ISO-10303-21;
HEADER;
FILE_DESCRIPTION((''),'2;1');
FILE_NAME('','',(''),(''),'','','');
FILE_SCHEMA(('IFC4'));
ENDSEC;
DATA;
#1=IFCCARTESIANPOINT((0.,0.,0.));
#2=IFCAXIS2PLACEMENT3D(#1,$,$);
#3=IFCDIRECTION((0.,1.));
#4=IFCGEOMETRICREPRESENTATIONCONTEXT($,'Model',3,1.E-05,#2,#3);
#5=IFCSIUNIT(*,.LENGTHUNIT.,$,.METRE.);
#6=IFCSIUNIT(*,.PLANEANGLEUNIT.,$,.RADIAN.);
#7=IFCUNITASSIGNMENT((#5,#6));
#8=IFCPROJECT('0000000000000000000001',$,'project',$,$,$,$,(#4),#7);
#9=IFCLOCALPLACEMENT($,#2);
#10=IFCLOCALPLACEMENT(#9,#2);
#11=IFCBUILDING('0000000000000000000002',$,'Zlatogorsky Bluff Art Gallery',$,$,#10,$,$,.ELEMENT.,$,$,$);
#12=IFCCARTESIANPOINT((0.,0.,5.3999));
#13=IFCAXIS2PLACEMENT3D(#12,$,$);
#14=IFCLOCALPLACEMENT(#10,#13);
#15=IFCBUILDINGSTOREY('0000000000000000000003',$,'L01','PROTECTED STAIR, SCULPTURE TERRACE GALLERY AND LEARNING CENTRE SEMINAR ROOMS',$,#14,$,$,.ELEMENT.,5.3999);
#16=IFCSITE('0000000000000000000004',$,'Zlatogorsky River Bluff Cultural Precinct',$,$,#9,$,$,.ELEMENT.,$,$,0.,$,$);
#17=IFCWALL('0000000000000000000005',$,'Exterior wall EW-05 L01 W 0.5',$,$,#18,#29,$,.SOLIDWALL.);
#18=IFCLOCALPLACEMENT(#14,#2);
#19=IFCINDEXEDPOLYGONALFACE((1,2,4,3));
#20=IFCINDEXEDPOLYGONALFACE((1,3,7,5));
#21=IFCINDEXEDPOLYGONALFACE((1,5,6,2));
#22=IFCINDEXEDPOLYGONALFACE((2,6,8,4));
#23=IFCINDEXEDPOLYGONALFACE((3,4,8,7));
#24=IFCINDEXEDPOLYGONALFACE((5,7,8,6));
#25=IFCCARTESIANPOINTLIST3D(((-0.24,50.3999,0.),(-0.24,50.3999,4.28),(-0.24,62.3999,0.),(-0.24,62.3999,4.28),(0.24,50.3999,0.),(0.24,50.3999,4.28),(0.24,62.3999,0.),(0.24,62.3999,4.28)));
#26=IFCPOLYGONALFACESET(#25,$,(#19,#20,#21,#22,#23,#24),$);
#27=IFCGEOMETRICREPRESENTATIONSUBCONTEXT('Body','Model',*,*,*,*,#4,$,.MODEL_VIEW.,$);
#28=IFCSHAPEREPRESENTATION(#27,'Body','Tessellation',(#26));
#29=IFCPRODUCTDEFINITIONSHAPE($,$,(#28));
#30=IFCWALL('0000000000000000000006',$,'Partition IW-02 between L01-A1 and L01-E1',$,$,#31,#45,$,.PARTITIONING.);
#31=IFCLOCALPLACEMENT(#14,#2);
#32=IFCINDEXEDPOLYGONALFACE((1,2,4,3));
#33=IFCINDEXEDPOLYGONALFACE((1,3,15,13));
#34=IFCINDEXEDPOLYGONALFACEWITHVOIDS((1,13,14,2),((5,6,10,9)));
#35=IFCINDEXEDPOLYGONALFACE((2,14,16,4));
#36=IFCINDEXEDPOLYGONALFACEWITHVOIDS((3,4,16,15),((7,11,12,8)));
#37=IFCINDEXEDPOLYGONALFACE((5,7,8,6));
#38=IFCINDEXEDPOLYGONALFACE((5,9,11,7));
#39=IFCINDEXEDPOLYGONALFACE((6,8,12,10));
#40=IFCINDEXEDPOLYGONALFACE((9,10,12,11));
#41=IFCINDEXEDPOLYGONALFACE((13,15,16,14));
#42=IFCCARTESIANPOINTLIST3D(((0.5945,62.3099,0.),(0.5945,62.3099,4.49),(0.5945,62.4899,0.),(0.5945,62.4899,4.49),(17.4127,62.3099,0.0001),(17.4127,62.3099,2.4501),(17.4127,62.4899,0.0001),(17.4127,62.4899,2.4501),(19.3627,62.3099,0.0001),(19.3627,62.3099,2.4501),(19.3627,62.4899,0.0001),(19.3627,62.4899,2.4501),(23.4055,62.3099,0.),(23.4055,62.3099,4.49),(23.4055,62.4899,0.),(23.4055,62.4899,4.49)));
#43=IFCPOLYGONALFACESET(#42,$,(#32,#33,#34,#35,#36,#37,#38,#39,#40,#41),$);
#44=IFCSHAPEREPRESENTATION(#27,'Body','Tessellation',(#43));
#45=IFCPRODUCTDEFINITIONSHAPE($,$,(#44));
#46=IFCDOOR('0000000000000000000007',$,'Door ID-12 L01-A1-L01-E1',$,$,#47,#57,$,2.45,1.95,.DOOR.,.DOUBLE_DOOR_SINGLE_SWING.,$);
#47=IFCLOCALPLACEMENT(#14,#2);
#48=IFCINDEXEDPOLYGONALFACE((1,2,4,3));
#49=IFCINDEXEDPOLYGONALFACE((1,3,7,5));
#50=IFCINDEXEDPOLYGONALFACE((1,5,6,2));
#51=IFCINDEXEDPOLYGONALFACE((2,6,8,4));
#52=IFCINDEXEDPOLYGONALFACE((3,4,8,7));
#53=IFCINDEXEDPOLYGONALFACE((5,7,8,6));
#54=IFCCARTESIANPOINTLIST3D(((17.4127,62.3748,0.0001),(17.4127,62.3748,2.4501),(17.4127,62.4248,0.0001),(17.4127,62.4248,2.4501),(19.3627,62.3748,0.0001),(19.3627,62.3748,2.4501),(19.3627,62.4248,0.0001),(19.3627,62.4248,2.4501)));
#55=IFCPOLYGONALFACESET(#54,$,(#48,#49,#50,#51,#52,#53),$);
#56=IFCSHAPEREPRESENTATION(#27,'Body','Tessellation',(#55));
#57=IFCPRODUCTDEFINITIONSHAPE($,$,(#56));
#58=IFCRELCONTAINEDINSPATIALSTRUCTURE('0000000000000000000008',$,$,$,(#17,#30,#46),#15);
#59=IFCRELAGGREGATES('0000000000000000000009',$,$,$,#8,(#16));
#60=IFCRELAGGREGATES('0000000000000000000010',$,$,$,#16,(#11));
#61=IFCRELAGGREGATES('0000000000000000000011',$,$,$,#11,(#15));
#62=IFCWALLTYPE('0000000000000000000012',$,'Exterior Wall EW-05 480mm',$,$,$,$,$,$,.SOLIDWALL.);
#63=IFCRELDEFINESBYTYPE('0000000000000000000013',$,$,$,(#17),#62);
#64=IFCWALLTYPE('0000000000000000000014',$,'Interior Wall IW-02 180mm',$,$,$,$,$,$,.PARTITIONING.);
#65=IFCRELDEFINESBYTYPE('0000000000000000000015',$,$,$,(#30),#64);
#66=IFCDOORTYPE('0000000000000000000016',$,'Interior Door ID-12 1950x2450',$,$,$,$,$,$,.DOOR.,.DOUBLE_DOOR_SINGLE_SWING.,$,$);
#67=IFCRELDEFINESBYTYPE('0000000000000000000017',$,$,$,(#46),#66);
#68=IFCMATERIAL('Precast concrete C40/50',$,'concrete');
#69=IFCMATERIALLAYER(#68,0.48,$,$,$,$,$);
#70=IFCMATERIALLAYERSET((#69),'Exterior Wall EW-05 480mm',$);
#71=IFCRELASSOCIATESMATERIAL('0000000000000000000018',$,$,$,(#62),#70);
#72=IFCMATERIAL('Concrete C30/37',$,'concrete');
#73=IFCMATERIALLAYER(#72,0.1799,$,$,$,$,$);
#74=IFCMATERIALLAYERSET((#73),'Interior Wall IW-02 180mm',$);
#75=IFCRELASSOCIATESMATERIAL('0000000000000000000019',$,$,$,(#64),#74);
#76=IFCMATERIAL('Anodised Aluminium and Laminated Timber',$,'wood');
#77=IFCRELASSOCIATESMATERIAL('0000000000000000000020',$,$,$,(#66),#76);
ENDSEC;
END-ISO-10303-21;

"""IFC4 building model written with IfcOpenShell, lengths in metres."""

from ifc_helpers import new_model, si_unit, direction, frame, frame_2d, origin, place, context, subcontext, project, spatial, rectangle, extrude, material, layer, layer_set, type_object, element, fill, save


model = new_model("IFC4")

# Units and contexts
model_context = context("Model", 3, precision=1e-05, world=origin(), true_north=direction((0.0, 1.0)))
body_context = subcontext(model_context, "Body", "Model", "MODEL_VIEW")
ifc_project = project(units=[si_unit("LENGTHUNIT", "METRE"), si_unit("PLANEANGLEUNIT", "RADIAN")], contexts=[model_context])

# Site, building, storey
site_placement = place(None, origin())
site = spatial("IfcSite", under=ifc_project, at=site_placement, Name="Zlatogorsky River Bluff Cultural Precinct", CompositionType="ELEMENT", RefElevation=0.0)
building_placement = place(site_placement, origin())
building = spatial("IfcBuilding", under=site, at=building_placement, Name="Zlatogorsky Bluff Art Gallery", CompositionType="ELEMENT")
storey_placement = place(building_placement, frame((0.0, 0.0, 5.3999)))
storey = spatial("IfcBuildingStorey", under=building, at=storey_placement, Name="L01", Description="PROTECTED STAIR, SCULPTURE TERRACE GALLERY AND LEARNING CENTRE SEMINAR ROOMS", CompositionType="ELEMENT", Elevation=5.3999)

# Wall
ifc_material_1 = material(Name="Precast concrete C40/50", Category="concrete")
ifc_layer_1 = layer(ifc_material_1, 0.48)
ifc_layer_set_1 = layer_set([ifc_layer_1], Name="Exterior Wall EW-05 480mm")
wall_type_1 = type_object("IfcWallType", Name="Exterior Wall EW-05 480mm", PredefinedType="SOLIDWALL", material=ifc_layer_set_1)
wall_1_placement = place(storey_placement, frame((0.0, 62.3999, 0.0), z_axis=(0.0, 0.0, 1.0), x_axis=(0.0, -1.0, 0.0)))
element("IfcWall", 1, at=wall_1_placement, inside=storey, type_object=wall_type_1, Name="Exterior wall EW-05 L01 W 0.5", PredefinedType="SOLIDWALL", context=body_context, shape_type="SweptSolid", body=[
    extrude(rectangle(XDim=12.0, YDim=0.48, at=frame_2d((6.0, 0.0))), origin(), (0.0, 0.0, 1.0), 4.28),
])

# Wall, opening, door
ifc_material_2 = material(Name="Concrete C30/37", Category="concrete")
ifc_layer_2 = layer(ifc_material_2, 0.1799)
ifc_layer_set_2 = layer_set([ifc_layer_2], Name="Interior Wall IW-02 180mm")
wall_type_2 = type_object("IfcWallType", Name="Interior Wall IW-02 180mm", PredefinedType="PARTITIONING", material=ifc_layer_set_2)
wall_2_placement = place(storey_placement, frame((0.5945, 62.3999, 0.0), z_axis=(0.0, 0.0, 1.0), x_axis=(1.0, 0.0, 0.0)))
wall_2 = element("IfcWall", 2, at=wall_2_placement, inside=storey, type_object=wall_type_2, Name="Partition IW-02 between L01-A1 and L01-E1", PredefinedType="PARTITIONING", context=body_context, shape_type="SweptSolid", body=[
    extrude(rectangle(XDim=22.811, YDim=0.1799, at=frame_2d((11.4055, 0.0))), origin(), (0.0, 0.0, 1.0), 4.49),
])
opening_placement = place(wall_2_placement, frame((16.8181, 0.0, 0.0)))
opening = element("IfcOpeningElement", 3, at=opening_placement, cuts=wall_2, PredefinedType="OPENING", context=body_context, shape_type="SweptSolid", body=[
    extrude(rectangle(XDim=1.95, YDim=2.45, at=frame_2d((0.9751, 1.2251))), frame((0.0, 0.0999, 0.0), z_axis=(0.0, -1.0, 0.0), x_axis=(1.0, 0.0, 0.0)), (0.0, 0.0, 1.0), 0.2),
])
ifc_material_3 = material(Name="Anodised Aluminium and Laminated Timber", Category="wood")
door_type = type_object("IfcDoorType", Name="Interior Door ID-12 1950x2450", OperationType="DOUBLE_DOOR_SINGLE_SWING", PredefinedType="DOOR", material=ifc_material_3)
door_placement = place(opening_placement, origin())
door = element("IfcDoor", 4, at=door_placement, inside=storey, type_object=door_type, Name="Door ID-12 L01-A1-L01-E1", OperationType="DOUBLE_DOOR_SINGLE_SWING", OverallHeight=2.45, OverallWidth=1.95, PredefinedType="DOOR", context=body_context, shape_type="SweptSolid", body=[
    extrude(rectangle(XDim=1.95, YDim=2.45, at=frame_2d((0.9751, 1.2251))), frame((0.0, 0.0249, 0.0), z_axis=(0.0, -1.0, 0.0), x_axis=(1.0, 0.0, 0.0)), (0.0, 0.0, 1.0), 0.05),
])
fill(opening, door)

save(model, "model.ifc")
